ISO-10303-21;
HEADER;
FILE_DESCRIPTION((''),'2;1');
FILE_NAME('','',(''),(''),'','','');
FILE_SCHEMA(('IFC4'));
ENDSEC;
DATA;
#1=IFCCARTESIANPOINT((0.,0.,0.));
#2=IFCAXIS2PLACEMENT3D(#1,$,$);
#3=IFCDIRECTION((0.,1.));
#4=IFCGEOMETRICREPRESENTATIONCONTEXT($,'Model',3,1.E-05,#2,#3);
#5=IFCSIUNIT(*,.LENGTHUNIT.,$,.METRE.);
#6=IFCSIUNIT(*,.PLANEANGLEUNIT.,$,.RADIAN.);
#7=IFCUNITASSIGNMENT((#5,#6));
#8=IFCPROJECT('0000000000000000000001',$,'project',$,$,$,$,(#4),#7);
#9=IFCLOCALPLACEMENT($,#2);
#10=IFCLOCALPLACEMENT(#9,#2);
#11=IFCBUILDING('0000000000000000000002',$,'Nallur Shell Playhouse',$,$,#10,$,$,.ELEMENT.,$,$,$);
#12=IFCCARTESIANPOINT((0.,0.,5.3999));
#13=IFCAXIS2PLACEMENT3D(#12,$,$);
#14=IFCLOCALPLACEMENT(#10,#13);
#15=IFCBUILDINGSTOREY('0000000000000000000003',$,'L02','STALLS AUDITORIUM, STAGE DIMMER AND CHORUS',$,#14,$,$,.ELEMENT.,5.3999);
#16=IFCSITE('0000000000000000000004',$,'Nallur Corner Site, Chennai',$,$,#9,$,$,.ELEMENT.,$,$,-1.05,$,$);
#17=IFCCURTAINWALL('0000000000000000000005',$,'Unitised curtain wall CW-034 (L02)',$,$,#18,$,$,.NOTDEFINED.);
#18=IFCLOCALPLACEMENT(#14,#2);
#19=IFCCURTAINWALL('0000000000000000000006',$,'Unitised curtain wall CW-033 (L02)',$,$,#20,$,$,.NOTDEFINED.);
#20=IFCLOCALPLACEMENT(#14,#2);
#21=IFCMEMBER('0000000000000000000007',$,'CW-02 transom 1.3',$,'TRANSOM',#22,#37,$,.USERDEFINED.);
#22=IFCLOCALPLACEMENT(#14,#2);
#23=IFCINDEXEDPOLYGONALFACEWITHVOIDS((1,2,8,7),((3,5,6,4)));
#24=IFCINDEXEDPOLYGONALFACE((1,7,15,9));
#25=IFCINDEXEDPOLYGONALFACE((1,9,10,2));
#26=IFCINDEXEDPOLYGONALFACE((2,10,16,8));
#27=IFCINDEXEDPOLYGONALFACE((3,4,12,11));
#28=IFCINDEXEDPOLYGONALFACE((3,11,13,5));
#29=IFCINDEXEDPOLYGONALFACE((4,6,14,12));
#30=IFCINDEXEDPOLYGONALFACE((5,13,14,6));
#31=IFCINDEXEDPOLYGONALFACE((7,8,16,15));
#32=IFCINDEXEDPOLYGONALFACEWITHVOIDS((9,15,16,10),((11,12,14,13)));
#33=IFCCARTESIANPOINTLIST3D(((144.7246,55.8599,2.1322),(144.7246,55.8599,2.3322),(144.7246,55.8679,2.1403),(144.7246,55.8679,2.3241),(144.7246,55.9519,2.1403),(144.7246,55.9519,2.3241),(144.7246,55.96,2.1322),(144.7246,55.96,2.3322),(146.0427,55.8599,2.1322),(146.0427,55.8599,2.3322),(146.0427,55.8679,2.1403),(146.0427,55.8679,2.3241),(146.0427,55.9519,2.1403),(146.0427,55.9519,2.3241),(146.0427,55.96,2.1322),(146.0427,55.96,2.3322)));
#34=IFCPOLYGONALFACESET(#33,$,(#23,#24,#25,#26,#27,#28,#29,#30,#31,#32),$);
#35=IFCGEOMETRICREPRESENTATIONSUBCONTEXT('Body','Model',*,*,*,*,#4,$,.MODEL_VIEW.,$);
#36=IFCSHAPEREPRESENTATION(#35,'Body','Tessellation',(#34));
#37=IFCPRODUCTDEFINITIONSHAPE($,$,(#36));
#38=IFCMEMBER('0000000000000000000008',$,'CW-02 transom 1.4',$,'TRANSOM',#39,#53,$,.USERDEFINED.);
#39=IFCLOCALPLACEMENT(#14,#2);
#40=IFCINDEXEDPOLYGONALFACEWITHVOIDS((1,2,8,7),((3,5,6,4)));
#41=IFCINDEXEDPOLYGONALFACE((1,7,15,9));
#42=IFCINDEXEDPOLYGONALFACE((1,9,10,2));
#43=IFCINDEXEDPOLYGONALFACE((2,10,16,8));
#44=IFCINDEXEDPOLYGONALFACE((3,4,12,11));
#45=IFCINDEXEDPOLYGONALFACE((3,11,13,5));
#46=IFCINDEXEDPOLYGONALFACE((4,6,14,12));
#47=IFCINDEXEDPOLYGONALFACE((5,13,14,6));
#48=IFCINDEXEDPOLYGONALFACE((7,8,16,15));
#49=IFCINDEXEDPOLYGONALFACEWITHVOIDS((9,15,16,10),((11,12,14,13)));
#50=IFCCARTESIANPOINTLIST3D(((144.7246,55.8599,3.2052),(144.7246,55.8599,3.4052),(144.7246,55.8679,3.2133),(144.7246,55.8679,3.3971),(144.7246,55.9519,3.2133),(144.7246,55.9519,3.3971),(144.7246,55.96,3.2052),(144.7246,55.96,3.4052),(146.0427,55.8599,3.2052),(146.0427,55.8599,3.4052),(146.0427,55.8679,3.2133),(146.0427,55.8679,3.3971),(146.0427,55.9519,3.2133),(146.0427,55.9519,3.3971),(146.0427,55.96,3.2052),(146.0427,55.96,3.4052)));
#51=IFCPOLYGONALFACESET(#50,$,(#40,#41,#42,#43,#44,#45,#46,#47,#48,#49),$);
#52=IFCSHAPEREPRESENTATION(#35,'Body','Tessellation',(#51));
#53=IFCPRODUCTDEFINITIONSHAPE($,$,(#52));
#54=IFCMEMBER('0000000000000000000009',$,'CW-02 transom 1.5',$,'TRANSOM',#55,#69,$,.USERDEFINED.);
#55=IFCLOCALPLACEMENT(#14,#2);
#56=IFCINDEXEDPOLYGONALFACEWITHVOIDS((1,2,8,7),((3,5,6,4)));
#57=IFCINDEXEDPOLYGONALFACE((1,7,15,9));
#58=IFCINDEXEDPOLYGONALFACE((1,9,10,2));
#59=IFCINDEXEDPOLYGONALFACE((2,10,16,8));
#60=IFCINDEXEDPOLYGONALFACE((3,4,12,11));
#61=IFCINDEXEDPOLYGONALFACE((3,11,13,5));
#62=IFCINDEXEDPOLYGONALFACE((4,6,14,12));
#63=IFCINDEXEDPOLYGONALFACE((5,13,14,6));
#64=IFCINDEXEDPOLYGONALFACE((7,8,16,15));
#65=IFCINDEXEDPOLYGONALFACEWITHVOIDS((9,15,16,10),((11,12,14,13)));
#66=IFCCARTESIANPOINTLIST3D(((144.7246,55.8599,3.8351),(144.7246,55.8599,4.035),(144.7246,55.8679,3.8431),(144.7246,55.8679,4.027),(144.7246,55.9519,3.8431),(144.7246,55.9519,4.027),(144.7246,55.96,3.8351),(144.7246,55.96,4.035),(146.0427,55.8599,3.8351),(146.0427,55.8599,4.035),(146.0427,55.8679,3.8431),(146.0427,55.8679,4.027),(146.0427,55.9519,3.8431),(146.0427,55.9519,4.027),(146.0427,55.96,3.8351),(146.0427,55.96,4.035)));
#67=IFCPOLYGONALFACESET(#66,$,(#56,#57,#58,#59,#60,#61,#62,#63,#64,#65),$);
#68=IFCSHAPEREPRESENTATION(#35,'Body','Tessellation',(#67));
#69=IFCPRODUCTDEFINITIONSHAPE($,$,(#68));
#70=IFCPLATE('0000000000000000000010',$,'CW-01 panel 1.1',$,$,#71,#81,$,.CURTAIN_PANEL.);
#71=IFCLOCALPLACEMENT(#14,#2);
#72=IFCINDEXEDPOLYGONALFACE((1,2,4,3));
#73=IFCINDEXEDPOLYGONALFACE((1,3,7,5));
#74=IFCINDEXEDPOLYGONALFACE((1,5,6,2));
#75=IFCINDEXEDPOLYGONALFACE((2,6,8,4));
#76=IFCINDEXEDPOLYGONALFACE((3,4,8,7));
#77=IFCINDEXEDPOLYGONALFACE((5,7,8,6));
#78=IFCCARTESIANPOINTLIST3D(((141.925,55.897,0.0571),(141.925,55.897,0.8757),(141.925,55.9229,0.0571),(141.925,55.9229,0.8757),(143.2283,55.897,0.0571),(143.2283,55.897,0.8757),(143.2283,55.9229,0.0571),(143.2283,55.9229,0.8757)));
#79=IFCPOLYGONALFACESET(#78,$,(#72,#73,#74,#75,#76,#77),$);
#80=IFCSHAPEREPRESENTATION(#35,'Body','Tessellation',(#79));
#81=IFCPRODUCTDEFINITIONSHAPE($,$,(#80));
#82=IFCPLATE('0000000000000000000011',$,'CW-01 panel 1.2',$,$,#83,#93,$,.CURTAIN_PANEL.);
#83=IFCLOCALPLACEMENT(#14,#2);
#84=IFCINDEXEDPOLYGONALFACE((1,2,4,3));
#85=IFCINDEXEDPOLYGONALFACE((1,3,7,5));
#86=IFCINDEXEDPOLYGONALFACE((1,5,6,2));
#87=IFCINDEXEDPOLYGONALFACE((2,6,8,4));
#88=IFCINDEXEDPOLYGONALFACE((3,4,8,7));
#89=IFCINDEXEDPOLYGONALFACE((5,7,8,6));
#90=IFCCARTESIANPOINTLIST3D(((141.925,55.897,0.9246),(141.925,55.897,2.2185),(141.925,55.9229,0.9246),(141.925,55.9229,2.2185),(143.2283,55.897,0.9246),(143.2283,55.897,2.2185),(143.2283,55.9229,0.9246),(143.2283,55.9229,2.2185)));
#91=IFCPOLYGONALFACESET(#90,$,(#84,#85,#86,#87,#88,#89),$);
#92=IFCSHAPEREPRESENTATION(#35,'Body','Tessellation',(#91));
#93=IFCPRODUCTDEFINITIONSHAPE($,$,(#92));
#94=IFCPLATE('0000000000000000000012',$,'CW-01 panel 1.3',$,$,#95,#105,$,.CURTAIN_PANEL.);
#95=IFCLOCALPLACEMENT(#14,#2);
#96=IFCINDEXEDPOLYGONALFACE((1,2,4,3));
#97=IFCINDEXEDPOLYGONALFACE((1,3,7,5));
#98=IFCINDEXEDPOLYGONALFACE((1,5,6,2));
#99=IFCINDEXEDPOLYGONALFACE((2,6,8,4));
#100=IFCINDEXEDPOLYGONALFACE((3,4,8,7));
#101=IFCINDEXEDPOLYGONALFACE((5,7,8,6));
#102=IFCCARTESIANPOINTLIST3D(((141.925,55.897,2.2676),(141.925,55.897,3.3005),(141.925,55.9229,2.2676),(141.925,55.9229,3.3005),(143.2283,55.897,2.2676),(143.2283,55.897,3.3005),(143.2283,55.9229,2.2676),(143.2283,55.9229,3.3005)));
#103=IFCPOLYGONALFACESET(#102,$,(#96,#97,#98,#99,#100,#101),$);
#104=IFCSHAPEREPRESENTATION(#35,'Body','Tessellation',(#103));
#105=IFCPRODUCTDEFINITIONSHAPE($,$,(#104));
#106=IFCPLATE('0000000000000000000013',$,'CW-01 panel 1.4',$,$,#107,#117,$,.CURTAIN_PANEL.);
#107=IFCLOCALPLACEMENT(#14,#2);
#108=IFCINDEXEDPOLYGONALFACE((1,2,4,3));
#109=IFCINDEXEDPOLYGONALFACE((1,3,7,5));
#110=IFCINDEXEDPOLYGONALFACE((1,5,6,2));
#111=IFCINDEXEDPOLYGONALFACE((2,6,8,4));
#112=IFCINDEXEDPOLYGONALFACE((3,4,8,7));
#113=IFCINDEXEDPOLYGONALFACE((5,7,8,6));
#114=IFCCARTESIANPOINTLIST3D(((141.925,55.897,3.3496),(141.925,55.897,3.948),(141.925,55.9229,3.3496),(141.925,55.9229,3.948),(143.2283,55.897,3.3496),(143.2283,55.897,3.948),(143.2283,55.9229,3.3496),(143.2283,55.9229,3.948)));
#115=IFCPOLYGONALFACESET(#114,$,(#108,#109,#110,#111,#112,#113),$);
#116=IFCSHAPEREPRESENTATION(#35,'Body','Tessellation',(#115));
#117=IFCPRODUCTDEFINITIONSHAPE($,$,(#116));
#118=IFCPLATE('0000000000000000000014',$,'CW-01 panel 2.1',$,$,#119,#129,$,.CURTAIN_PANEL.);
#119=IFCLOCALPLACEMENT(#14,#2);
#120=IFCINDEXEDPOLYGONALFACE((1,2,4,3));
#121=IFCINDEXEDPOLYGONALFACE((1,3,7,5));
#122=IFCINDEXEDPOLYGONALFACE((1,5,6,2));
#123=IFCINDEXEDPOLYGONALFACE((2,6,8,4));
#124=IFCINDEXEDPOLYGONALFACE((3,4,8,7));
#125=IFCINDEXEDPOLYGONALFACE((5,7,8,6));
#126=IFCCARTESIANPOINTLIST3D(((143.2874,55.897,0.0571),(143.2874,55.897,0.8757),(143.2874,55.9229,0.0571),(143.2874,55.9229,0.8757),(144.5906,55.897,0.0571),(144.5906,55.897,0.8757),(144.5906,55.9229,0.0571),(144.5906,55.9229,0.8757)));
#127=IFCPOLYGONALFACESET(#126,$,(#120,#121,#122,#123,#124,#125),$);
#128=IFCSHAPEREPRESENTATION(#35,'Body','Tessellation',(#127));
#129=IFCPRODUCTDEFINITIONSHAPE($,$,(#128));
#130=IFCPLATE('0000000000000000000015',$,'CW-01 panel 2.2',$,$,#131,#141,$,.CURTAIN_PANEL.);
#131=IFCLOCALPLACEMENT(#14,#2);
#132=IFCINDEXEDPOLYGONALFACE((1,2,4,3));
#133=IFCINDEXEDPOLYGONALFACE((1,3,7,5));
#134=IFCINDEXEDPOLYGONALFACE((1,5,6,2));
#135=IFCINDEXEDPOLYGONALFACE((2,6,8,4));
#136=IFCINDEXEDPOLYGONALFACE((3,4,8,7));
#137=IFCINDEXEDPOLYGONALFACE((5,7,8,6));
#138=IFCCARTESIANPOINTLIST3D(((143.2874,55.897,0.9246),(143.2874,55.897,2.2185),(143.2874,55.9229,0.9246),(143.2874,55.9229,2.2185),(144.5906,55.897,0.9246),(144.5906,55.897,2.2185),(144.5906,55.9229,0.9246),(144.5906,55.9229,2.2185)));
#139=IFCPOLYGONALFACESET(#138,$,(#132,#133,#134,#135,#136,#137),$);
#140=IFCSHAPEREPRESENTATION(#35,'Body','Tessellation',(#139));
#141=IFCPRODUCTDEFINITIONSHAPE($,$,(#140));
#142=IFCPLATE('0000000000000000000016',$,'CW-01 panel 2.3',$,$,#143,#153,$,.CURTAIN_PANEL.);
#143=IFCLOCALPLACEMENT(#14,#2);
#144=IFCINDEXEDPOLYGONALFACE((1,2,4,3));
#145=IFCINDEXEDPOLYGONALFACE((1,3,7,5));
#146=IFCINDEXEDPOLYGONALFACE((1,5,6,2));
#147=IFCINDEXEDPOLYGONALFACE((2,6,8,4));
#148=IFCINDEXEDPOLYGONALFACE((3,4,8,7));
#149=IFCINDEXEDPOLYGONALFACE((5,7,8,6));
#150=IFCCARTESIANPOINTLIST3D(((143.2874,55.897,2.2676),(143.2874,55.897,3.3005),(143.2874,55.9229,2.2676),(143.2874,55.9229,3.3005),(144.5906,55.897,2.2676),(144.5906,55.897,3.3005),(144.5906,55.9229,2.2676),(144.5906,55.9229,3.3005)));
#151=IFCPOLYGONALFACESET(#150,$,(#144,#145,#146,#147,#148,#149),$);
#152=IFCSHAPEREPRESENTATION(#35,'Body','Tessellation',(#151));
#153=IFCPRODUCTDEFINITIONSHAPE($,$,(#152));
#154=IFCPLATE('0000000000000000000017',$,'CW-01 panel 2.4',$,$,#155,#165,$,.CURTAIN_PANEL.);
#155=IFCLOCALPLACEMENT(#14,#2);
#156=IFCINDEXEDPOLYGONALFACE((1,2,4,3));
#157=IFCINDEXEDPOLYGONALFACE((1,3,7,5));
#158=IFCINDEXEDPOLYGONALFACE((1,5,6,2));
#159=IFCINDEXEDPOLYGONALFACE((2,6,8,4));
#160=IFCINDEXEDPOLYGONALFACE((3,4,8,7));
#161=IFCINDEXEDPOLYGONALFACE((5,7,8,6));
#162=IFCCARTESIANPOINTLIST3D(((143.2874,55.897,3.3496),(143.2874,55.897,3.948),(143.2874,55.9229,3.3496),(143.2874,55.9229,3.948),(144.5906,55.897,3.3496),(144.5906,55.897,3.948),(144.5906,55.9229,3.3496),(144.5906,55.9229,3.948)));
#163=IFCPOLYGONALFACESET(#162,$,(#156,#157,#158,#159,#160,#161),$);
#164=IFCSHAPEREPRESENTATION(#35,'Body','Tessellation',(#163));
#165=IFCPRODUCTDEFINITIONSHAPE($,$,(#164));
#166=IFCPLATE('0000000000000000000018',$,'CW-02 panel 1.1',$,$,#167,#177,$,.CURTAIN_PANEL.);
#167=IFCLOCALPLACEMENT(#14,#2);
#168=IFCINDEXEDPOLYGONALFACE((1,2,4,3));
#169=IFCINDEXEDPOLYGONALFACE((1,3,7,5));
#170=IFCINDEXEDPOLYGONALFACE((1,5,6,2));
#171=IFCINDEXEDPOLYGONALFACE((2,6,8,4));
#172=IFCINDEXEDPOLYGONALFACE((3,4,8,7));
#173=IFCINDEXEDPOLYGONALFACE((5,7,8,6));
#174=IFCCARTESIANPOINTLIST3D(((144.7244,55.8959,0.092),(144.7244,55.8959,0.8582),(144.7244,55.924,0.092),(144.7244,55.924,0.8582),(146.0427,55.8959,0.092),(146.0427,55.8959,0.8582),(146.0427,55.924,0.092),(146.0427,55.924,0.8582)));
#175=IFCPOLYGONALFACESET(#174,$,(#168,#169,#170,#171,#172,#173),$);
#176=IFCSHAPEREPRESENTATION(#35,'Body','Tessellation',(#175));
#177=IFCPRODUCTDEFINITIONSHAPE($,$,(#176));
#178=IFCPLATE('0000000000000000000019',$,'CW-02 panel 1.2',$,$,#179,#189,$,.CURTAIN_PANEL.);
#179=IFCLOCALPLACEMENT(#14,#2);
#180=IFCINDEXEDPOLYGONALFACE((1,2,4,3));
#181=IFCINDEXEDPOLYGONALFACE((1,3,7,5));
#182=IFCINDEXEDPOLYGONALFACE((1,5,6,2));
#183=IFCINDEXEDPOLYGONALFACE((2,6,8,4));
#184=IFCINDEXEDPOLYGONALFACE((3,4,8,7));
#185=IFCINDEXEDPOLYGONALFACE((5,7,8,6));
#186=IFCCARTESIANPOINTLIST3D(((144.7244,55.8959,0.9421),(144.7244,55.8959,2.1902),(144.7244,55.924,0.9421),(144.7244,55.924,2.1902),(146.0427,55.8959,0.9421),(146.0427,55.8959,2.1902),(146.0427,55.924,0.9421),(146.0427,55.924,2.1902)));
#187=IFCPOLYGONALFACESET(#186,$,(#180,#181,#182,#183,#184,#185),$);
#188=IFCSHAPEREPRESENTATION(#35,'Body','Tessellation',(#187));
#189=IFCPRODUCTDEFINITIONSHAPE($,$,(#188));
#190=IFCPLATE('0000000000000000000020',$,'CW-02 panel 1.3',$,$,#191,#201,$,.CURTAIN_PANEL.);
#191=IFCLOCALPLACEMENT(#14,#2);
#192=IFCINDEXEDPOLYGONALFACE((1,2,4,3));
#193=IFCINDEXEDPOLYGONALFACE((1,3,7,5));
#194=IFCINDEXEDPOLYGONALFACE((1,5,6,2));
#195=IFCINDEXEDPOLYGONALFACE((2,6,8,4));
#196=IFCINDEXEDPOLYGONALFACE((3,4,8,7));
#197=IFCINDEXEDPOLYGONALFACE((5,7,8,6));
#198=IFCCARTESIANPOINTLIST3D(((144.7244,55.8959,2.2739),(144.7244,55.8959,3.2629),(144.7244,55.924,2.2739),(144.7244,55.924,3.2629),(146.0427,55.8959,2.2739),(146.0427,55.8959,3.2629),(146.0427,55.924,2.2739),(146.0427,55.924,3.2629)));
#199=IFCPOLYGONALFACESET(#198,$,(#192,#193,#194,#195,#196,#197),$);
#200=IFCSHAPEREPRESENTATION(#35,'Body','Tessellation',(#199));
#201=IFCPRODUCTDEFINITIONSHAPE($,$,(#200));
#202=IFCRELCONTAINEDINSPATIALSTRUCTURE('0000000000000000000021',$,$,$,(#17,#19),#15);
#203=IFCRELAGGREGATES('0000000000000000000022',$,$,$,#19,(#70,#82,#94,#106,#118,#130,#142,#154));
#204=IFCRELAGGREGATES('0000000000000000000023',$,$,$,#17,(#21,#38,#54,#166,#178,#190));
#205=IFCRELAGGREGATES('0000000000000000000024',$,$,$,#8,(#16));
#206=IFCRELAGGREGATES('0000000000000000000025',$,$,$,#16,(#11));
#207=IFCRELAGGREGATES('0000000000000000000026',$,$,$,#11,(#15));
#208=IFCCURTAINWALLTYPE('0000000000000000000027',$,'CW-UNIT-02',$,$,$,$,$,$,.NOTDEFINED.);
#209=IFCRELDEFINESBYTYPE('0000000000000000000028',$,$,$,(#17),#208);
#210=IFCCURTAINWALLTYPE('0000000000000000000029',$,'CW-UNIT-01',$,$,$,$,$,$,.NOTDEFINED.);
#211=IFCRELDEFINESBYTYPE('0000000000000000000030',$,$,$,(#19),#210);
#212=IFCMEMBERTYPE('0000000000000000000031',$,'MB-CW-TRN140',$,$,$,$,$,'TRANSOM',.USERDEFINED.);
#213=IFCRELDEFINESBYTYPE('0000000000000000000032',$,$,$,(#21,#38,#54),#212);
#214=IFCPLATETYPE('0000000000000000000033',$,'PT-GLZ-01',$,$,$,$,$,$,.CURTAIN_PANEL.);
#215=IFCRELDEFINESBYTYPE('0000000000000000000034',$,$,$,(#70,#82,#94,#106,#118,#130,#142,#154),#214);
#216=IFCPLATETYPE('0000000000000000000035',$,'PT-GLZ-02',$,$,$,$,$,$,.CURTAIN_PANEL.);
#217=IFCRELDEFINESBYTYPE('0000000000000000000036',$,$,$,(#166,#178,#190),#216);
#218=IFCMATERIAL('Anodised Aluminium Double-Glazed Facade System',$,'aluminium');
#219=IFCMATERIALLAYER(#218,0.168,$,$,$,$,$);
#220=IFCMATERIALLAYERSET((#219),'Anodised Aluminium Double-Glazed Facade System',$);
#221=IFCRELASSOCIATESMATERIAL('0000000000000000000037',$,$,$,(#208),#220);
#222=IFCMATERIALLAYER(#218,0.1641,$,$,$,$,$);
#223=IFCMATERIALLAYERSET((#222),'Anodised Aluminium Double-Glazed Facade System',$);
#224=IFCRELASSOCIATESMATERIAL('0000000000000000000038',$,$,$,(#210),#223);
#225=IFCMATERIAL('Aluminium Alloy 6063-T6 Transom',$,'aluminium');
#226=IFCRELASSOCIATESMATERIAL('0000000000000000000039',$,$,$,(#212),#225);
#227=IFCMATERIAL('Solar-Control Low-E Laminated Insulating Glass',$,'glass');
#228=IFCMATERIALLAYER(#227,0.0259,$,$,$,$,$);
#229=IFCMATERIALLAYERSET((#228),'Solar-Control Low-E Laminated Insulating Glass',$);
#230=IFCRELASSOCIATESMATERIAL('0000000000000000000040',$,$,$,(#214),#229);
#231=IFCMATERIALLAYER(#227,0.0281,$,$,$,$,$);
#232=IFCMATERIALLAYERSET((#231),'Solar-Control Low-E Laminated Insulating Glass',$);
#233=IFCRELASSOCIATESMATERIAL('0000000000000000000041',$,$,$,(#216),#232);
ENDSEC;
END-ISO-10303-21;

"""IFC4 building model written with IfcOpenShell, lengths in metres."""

from ifc_helpers import new_model, si_unit, direction, frame, origin, origin_2d, place, context, subcontext, project, spatial, rectangle, hollow_rectangle, extrude, material, layer, layer_set, material_profile, profile_set, type_object, element, aggregate, save


model = new_model("IFC4")

# Units and contexts
model_context = context("Model", 3, precision=1e-05, world=origin(), true_north=direction((0.0, 1.0)))
body_context = subcontext(model_context, "Body", "Model", "MODEL_VIEW")
ifc_project = project(units=[si_unit("LENGTHUNIT", "METRE"), si_unit("PLANEANGLEUNIT", "RADIAN")], contexts=[model_context])

# Site, building, storey
site_placement = place(None, origin())
site = spatial("IfcSite", under=ifc_project, at=site_placement, Name="Nallur Corner Site, Chennai", CompositionType="ELEMENT", RefElevation=-1.05)
building_placement = place(site_placement, origin())
building = spatial("IfcBuilding", under=site, at=building_placement, Name="Nallur Shell Playhouse", CompositionType="ELEMENT")
storey_placement = place(building_placement, frame((0.0, 0.0, 5.3999)))
storey = spatial("IfcBuildingStorey", under=building, at=storey_placement, Name="L02", Description="STALLS AUDITORIUM, STAGE DIMMER AND CHORUS", CompositionType="ELEMENT", Elevation=5.3999)

# Curtain wall
ifc_material_1 = material(Name="Anodised Aluminium Double-Glazed Facade System", Category="aluminium")
ifc_layer_1 = layer(ifc_material_1, 0.168)
ifc_layer_set_1 = layer_set([ifc_layer_1], Name="Anodised Aluminium Double-Glazed Facade System")
curtain_wall_type_1 = type_object("IfcCurtainWallType", Name="CW-UNIT-02", PredefinedType="NOTDEFINED", material=ifc_layer_set_1)
curtain_wall_1_placement = place(storey_placement, origin())
curtain_wall_1 = element("IfcCurtainWall", 1, at=curtain_wall_1_placement, inside=storey, type_object=curtain_wall_type_1, Name="Unitised curtain wall CW-034 (L02)", PredefinedType="NOTDEFINED")

# Curtain wall
ifc_layer_2 = layer(ifc_material_1, 0.1641)
ifc_layer_set_2 = layer_set([ifc_layer_2], Name="Anodised Aluminium Double-Glazed Facade System")
curtain_wall_type_2 = type_object("IfcCurtainWallType", Name="CW-UNIT-01", PredefinedType="NOTDEFINED", material=ifc_layer_set_2)
curtain_wall_2_placement = place(storey_placement, origin())
curtain_wall_2 = element("IfcCurtainWall", 2, at=curtain_wall_2_placement, inside=storey, type_object=curtain_wall_type_2, Name="Unitised curtain wall CW-033 (L02)", PredefinedType="NOTDEFINED")
ifc_material_2 = material(Name="Aluminium Alloy 6063-T6 Transom", Category="aluminium")

# Members
ifc_material_profile_1 = material_profile(ifc_material_2, hollow_rectangle(XDim=0.1001, YDim=0.2, WallThickness=0.0081, at=origin_2d()), Name="RHS 200x100x8")
ifc_profile_set_1 = profile_set([ifc_material_profile_1], Name="Aluminium Alloy 6063-T6 Transom")
member_type_1 = type_object("IfcMemberType", Name="MB-CW-TRN140", ElementType="TRANSOM", PredefinedType="USERDEFINED", material=ifc_profile_set_1)
member_1_placement = place(storey_placement, frame((144.7246, 55.9099, 2.2322), z_axis=(1.0, 0.0, 0.0), x_axis=(0.0, 1.0, 0.0)))
member_1 = element("IfcMember", 3, at=member_1_placement, type_object=member_type_1, Name="CW-02 transom 1.3", ObjectType="TRANSOM", PredefinedType="USERDEFINED", context=body_context, shape_type="SweptSolid", body=[
    extrude(hollow_rectangle(XDim=0.1001, YDim=0.2, WallThickness=0.0081, at=origin_2d()), origin(), (0.0, 0.0, 1.0), 1.3181),
])
member_2_placement = place(storey_placement, frame((144.7246, 55.9099, 3.3052), z_axis=(1.0, 0.0, 0.0), x_axis=(0.0, 1.0, 0.0)))
member_2 = element("IfcMember", 4, at=member_2_placement, type_object=member_type_1, Name="CW-02 transom 1.4", ObjectType="TRANSOM", PredefinedType="USERDEFINED", context=body_context, shape_type="SweptSolid", body=[
    extrude(hollow_rectangle(XDim=0.1001, YDim=0.2, WallThickness=0.0081, at=origin_2d()), origin(), (0.0, 0.0, 1.0), 1.3181),
])
member_3_placement = place(storey_placement, frame((144.7246, 55.9099, 3.9351), z_axis=(1.0, 0.0, 0.0), x_axis=(0.0, 1.0, 0.0)))
member_3 = element("IfcMember", 5, at=member_3_placement, type_object=member_type_1, Name="CW-02 transom 1.5", ObjectType="TRANSOM", PredefinedType="USERDEFINED", context=body_context, shape_type="SweptSolid", body=[
    extrude(hollow_rectangle(XDim=0.1001, YDim=0.2, WallThickness=0.0081, at=origin_2d()), origin(), (0.0, 0.0, 1.0), 1.3181),
])

# Plates
ifc_material_3 = material(Name="Solar-Control Low-E Laminated Insulating Glass", Category="glass")
ifc_layer_3 = layer(ifc_material_3, 0.0259)
ifc_layer_set_3 = layer_set([ifc_layer_3], Name="Solar-Control Low-E Laminated Insulating Glass")
plate_type_1 = type_object("IfcPlateType", Name="PT-GLZ-01", PredefinedType="CURTAIN_PANEL", material=ifc_layer_set_3)
plate_1_placement = place(storey_placement, frame((142.5767, 55.9099, 0.0571), z_axis=(0.0, 0.0, 1.0), x_axis=(1.0, 0.0, 0.0)))
plate_1 = element("IfcPlate", 6, at=plate_1_placement, type_object=plate_type_1, Name="CW-01 panel 1.1", PredefinedType="CURTAIN_PANEL", context=body_context, shape_type="SweptSolid", body=[
    extrude(rectangle(XDim=1.3032, YDim=0.0259, at=origin_2d()), origin(), (0.0, 0.0, 1.0), 0.8186),
])
plate_2_placement = place(storey_placement, frame((142.5767, 55.9099, 0.9246), z_axis=(0.0, 0.0, 1.0), x_axis=(1.0, 0.0, 0.0)))
plate_2 = element("IfcPlate", 7, at=plate_2_placement, type_object=plate_type_1, Name="CW-01 panel 1.2", PredefinedType="CURTAIN_PANEL", context=body_context, shape_type="SweptSolid", body=[
    extrude(rectangle(XDim=1.3032, YDim=0.0259, at=origin_2d()), origin(), (0.0, 0.0, 1.0), 1.2939),
])
plate_3_placement = place(storey_placement, frame((142.5767, 55.9099, 2.2676), z_axis=(0.0, 0.0, 1.0), x_axis=(1.0, 0.0, 0.0)))
plate_3 = element("IfcPlate", 8, at=plate_3_placement, type_object=plate_type_1, Name="CW-01 panel 1.3", PredefinedType="CURTAIN_PANEL", context=body_context, shape_type="SweptSolid", body=[
    extrude(rectangle(XDim=1.3032, YDim=0.0259, at=origin_2d()), origin(), (0.0, 0.0, 1.0), 1.033),
])
plate_4_placement = place(storey_placement, frame((142.5767, 55.9099, 3.3496), z_axis=(0.0, 0.0, 1.0), x_axis=(1.0, 0.0, 0.0)))
plate_4 = element("IfcPlate", 9, at=plate_4_placement, type_object=plate_type_1, Name="CW-01 panel 1.4", PredefinedType="CURTAIN_PANEL", context=body_context, shape_type="SweptSolid", body=[
    extrude(rectangle(XDim=1.3032, YDim=0.0259, at=origin_2d()), origin(), (0.0, 0.0, 1.0), 0.5984),
])
plate_5_placement = place(storey_placement, frame((143.939, 55.9099, 0.0571), z_axis=(0.0, 0.0, 1.0), x_axis=(1.0, 0.0, 0.0)))
plate_5 = element("IfcPlate", 10, at=plate_5_placement, type_object=plate_type_1, Name="CW-01 panel 2.1", PredefinedType="CURTAIN_PANEL", context=body_context, shape_type="SweptSolid", body=[
    extrude(rectangle(XDim=1.3032, YDim=0.0259, at=origin_2d()), origin(), (0.0, 0.0, 1.0), 0.8186),
])
plate_6_placement = place(storey_placement, frame((143.939, 55.9099, 0.9246), z_axis=(0.0, 0.0, 1.0), x_axis=(1.0, 0.0, 0.0)))
plate_6 = element("IfcPlate", 11, at=plate_6_placement, type_object=plate_type_1, Name="CW-01 panel 2.2", PredefinedType="CURTAIN_PANEL", context=body_context, shape_type="SweptSolid", body=[
    extrude(rectangle(XDim=1.3032, YDim=0.0259, at=origin_2d()), origin(), (0.0, 0.0, 1.0), 1.2939),
])
plate_7_placement = place(storey_placement, frame((143.939, 55.9099, 2.2676), z_axis=(0.0, 0.0, 1.0), x_axis=(1.0, 0.0, 0.0)))
plate_7 = element("IfcPlate", 12, at=plate_7_placement, type_object=plate_type_1, Name="CW-01 panel 2.3", PredefinedType="CURTAIN_PANEL", context=body_context, shape_type="SweptSolid", body=[
    extrude(rectangle(XDim=1.3032, YDim=0.0259, at=origin_2d()), origin(), (0.0, 0.0, 1.0), 1.033),
])
plate_8_placement = place(storey_placement, frame((143.939, 55.9099, 3.3496), z_axis=(0.0, 0.0, 1.0), x_axis=(1.0, 0.0, 0.0)))
plate_8 = element("IfcPlate", 13, at=plate_8_placement, type_object=plate_type_1, Name="CW-01 panel 2.4", PredefinedType="CURTAIN_PANEL", context=body_context, shape_type="SweptSolid", body=[
    extrude(rectangle(XDim=1.3032, YDim=0.0259, at=origin_2d()), origin(), (0.0, 0.0, 1.0), 0.5984),
])
aggregate(curtain_wall_2, [plate_1, plate_2, plate_3, plate_4, plate_5, plate_6, plate_7, plate_8])
ifc_layer_4 = layer(ifc_material_3, 0.0281)
ifc_layer_set_4 = layer_set([ifc_layer_4], Name="Solar-Control Low-E Laminated Insulating Glass")
plate_type_2 = type_object("IfcPlateType", Name="PT-GLZ-02", PredefinedType="CURTAIN_PANEL", material=ifc_layer_set_4)
plate_9_placement = place(storey_placement, frame((145.3835, 55.9099, 0.092), z_axis=(0.0, 0.0, 1.0), x_axis=(1.0, 0.0, 0.0)))
plate_9 = element("IfcPlate", 14, at=plate_9_placement, type_object=plate_type_2, Name="CW-02 panel 1.1", PredefinedType="CURTAIN_PANEL", context=body_context, shape_type="SweptSolid", body=[
    extrude(rectangle(XDim=1.3184, YDim=0.0281, at=origin_2d()), origin(), (0.0, 0.0, 1.0), 0.7661),
])
plate_10_placement = place(storey_placement, frame((145.3835, 55.9099, 0.9421), z_axis=(0.0, 0.0, 1.0), x_axis=(1.0, 0.0, 0.0)))
plate_10 = element("IfcPlate", 15, at=plate_10_placement, type_object=plate_type_2, Name="CW-02 panel 1.2", PredefinedType="CURTAIN_PANEL", context=body_context, shape_type="SweptSolid", body=[
    extrude(rectangle(XDim=1.3184, YDim=0.0281, at=origin_2d()), origin(), (0.0, 0.0, 1.0), 1.248),
])
plate_11_placement = place(storey_placement, frame((145.3835, 55.9099, 2.2739), z_axis=(0.0, 0.0, 1.0), x_axis=(1.0, 0.0, 0.0)))
plate_11 = element("IfcPlate", 16, at=plate_11_placement, type_object=plate_type_2, Name="CW-02 panel 1.3", PredefinedType="CURTAIN_PANEL", context=body_context, shape_type="SweptSolid", body=[
    extrude(rectangle(XDim=1.3184, YDim=0.0281, at=origin_2d()), origin(), (0.0, 0.0, 1.0), 0.989),
])
aggregate(curtain_wall_1, [member_1, member_2, member_3, plate_9, plate_10, plate_11])

save(model, "model.ifc")
